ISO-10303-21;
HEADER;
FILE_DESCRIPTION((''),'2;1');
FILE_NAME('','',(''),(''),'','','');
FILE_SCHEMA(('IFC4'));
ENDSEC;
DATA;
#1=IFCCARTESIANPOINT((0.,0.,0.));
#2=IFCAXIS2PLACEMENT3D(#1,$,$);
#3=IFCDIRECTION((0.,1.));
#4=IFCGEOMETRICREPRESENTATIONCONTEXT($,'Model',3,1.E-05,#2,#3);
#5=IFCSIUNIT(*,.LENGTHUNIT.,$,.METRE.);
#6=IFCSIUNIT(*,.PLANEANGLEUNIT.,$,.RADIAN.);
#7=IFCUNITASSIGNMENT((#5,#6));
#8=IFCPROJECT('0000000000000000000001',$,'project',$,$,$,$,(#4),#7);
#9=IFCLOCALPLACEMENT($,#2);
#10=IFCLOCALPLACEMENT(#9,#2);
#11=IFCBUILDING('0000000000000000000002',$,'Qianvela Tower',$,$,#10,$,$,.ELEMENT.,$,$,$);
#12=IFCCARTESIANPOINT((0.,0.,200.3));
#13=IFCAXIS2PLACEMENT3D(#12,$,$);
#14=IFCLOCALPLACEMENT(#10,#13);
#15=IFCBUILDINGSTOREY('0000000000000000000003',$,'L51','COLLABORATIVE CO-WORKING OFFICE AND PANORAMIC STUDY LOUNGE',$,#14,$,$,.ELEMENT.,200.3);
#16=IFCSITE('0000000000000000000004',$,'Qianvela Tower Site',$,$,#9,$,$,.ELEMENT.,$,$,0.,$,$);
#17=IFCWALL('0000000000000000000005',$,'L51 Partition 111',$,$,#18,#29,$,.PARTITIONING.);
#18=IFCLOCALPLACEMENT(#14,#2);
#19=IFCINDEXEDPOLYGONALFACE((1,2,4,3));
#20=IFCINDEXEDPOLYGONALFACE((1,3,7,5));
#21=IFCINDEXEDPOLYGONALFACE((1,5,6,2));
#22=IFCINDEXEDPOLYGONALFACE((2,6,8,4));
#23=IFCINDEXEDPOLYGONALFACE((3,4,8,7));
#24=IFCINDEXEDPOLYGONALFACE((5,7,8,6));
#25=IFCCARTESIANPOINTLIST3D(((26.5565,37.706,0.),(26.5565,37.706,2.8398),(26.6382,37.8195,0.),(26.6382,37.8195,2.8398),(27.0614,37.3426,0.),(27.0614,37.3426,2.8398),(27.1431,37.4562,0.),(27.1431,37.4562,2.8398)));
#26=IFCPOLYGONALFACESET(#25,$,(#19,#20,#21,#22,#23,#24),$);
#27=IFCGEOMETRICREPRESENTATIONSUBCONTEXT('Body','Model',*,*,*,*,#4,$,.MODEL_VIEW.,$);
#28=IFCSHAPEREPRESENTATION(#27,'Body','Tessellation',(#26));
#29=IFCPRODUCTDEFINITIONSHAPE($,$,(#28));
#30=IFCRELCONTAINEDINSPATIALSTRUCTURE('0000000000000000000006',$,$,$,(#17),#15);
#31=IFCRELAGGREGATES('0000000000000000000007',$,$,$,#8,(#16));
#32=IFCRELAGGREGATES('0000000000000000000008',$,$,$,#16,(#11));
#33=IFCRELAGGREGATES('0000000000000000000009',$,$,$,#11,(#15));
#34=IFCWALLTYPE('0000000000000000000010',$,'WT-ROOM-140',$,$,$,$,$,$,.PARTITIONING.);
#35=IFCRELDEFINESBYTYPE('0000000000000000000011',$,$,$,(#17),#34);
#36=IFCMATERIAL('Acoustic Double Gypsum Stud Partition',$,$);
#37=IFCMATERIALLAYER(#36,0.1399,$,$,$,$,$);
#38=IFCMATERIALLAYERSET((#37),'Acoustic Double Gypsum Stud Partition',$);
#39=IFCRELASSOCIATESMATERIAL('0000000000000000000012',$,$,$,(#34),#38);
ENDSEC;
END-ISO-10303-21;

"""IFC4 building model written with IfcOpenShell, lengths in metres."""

from ifc_helpers import new_model, si_unit, direction, frame, frame_2d, origin, place, context, subcontext, project, spatial, rectangle, extrude, material, layer, layer_set, type_object, element, save


model = new_model("IFC4")

# Units and contexts
model_context = context("Model", 3, precision=1e-05, world=origin(), true_north=direction((0.0, 1.0)))
body_context = subcontext(model_context, "Body", "Model", "MODEL_VIEW")
ifc_project = project(units=[si_unit("LENGTHUNIT", "METRE"), si_unit("PLANEANGLEUNIT", "RADIAN")], contexts=[model_context])

# Site, building, storey
site_placement = place(None, origin())
site = spatial("IfcSite", under=ifc_project, at=site_placement, Name="Qianvela Tower Site", CompositionType="ELEMENT", RefElevation=0.0)
building_placement = place(site_placement, origin())
building = spatial("IfcBuilding", under=site, at=building_placement, Name="Qianvela Tower", CompositionType="ELEMENT")
storey_placement = place(building_placement, frame((0.0, 0.0, 200.3)))
storey = spatial("IfcBuildingStorey", under=building, at=storey_placement, Name="L51", Description="COLLABORATIVE CO-WORKING OFFICE AND PANORAMIC STUDY LOUNGE", CompositionType="ELEMENT", Elevation=200.3)

# Wall
ifc_material_1 = material(Name="Acoustic Double Gypsum Stud Partition")
ifc_layer_1 = layer(ifc_material_1, 0.1399)
ifc_layer_set_1 = layer_set([ifc_layer_1], Name="Acoustic Double Gypsum Stud Partition")
wall_type_1 = type_object("IfcWallType", Name="WT-ROOM-140", PredefinedType="PARTITIONING", material=ifc_layer_set_1)
wall_1_placement = place(storey_placement, frame((27.1023, 37.3994, 0.0), z_axis=(0.0, 0.0, 1.0), x_axis=(-0.811713, 0.584057, 0.0)))
element("IfcWall", 1, at=wall_1_placement, inside=storey, type_object=wall_type_1, Name="L51 Partition 111", PredefinedType="PARTITIONING", context=body_context, shape_type="SweptSolid", body=[
    extrude(rectangle(XDim=0.6221, YDim=0.1399, at=frame_2d((0.311, 0.0))), origin(), (0.0, 0.0, 1.0), 2.8398),
])

save(model, "model.ifc")
